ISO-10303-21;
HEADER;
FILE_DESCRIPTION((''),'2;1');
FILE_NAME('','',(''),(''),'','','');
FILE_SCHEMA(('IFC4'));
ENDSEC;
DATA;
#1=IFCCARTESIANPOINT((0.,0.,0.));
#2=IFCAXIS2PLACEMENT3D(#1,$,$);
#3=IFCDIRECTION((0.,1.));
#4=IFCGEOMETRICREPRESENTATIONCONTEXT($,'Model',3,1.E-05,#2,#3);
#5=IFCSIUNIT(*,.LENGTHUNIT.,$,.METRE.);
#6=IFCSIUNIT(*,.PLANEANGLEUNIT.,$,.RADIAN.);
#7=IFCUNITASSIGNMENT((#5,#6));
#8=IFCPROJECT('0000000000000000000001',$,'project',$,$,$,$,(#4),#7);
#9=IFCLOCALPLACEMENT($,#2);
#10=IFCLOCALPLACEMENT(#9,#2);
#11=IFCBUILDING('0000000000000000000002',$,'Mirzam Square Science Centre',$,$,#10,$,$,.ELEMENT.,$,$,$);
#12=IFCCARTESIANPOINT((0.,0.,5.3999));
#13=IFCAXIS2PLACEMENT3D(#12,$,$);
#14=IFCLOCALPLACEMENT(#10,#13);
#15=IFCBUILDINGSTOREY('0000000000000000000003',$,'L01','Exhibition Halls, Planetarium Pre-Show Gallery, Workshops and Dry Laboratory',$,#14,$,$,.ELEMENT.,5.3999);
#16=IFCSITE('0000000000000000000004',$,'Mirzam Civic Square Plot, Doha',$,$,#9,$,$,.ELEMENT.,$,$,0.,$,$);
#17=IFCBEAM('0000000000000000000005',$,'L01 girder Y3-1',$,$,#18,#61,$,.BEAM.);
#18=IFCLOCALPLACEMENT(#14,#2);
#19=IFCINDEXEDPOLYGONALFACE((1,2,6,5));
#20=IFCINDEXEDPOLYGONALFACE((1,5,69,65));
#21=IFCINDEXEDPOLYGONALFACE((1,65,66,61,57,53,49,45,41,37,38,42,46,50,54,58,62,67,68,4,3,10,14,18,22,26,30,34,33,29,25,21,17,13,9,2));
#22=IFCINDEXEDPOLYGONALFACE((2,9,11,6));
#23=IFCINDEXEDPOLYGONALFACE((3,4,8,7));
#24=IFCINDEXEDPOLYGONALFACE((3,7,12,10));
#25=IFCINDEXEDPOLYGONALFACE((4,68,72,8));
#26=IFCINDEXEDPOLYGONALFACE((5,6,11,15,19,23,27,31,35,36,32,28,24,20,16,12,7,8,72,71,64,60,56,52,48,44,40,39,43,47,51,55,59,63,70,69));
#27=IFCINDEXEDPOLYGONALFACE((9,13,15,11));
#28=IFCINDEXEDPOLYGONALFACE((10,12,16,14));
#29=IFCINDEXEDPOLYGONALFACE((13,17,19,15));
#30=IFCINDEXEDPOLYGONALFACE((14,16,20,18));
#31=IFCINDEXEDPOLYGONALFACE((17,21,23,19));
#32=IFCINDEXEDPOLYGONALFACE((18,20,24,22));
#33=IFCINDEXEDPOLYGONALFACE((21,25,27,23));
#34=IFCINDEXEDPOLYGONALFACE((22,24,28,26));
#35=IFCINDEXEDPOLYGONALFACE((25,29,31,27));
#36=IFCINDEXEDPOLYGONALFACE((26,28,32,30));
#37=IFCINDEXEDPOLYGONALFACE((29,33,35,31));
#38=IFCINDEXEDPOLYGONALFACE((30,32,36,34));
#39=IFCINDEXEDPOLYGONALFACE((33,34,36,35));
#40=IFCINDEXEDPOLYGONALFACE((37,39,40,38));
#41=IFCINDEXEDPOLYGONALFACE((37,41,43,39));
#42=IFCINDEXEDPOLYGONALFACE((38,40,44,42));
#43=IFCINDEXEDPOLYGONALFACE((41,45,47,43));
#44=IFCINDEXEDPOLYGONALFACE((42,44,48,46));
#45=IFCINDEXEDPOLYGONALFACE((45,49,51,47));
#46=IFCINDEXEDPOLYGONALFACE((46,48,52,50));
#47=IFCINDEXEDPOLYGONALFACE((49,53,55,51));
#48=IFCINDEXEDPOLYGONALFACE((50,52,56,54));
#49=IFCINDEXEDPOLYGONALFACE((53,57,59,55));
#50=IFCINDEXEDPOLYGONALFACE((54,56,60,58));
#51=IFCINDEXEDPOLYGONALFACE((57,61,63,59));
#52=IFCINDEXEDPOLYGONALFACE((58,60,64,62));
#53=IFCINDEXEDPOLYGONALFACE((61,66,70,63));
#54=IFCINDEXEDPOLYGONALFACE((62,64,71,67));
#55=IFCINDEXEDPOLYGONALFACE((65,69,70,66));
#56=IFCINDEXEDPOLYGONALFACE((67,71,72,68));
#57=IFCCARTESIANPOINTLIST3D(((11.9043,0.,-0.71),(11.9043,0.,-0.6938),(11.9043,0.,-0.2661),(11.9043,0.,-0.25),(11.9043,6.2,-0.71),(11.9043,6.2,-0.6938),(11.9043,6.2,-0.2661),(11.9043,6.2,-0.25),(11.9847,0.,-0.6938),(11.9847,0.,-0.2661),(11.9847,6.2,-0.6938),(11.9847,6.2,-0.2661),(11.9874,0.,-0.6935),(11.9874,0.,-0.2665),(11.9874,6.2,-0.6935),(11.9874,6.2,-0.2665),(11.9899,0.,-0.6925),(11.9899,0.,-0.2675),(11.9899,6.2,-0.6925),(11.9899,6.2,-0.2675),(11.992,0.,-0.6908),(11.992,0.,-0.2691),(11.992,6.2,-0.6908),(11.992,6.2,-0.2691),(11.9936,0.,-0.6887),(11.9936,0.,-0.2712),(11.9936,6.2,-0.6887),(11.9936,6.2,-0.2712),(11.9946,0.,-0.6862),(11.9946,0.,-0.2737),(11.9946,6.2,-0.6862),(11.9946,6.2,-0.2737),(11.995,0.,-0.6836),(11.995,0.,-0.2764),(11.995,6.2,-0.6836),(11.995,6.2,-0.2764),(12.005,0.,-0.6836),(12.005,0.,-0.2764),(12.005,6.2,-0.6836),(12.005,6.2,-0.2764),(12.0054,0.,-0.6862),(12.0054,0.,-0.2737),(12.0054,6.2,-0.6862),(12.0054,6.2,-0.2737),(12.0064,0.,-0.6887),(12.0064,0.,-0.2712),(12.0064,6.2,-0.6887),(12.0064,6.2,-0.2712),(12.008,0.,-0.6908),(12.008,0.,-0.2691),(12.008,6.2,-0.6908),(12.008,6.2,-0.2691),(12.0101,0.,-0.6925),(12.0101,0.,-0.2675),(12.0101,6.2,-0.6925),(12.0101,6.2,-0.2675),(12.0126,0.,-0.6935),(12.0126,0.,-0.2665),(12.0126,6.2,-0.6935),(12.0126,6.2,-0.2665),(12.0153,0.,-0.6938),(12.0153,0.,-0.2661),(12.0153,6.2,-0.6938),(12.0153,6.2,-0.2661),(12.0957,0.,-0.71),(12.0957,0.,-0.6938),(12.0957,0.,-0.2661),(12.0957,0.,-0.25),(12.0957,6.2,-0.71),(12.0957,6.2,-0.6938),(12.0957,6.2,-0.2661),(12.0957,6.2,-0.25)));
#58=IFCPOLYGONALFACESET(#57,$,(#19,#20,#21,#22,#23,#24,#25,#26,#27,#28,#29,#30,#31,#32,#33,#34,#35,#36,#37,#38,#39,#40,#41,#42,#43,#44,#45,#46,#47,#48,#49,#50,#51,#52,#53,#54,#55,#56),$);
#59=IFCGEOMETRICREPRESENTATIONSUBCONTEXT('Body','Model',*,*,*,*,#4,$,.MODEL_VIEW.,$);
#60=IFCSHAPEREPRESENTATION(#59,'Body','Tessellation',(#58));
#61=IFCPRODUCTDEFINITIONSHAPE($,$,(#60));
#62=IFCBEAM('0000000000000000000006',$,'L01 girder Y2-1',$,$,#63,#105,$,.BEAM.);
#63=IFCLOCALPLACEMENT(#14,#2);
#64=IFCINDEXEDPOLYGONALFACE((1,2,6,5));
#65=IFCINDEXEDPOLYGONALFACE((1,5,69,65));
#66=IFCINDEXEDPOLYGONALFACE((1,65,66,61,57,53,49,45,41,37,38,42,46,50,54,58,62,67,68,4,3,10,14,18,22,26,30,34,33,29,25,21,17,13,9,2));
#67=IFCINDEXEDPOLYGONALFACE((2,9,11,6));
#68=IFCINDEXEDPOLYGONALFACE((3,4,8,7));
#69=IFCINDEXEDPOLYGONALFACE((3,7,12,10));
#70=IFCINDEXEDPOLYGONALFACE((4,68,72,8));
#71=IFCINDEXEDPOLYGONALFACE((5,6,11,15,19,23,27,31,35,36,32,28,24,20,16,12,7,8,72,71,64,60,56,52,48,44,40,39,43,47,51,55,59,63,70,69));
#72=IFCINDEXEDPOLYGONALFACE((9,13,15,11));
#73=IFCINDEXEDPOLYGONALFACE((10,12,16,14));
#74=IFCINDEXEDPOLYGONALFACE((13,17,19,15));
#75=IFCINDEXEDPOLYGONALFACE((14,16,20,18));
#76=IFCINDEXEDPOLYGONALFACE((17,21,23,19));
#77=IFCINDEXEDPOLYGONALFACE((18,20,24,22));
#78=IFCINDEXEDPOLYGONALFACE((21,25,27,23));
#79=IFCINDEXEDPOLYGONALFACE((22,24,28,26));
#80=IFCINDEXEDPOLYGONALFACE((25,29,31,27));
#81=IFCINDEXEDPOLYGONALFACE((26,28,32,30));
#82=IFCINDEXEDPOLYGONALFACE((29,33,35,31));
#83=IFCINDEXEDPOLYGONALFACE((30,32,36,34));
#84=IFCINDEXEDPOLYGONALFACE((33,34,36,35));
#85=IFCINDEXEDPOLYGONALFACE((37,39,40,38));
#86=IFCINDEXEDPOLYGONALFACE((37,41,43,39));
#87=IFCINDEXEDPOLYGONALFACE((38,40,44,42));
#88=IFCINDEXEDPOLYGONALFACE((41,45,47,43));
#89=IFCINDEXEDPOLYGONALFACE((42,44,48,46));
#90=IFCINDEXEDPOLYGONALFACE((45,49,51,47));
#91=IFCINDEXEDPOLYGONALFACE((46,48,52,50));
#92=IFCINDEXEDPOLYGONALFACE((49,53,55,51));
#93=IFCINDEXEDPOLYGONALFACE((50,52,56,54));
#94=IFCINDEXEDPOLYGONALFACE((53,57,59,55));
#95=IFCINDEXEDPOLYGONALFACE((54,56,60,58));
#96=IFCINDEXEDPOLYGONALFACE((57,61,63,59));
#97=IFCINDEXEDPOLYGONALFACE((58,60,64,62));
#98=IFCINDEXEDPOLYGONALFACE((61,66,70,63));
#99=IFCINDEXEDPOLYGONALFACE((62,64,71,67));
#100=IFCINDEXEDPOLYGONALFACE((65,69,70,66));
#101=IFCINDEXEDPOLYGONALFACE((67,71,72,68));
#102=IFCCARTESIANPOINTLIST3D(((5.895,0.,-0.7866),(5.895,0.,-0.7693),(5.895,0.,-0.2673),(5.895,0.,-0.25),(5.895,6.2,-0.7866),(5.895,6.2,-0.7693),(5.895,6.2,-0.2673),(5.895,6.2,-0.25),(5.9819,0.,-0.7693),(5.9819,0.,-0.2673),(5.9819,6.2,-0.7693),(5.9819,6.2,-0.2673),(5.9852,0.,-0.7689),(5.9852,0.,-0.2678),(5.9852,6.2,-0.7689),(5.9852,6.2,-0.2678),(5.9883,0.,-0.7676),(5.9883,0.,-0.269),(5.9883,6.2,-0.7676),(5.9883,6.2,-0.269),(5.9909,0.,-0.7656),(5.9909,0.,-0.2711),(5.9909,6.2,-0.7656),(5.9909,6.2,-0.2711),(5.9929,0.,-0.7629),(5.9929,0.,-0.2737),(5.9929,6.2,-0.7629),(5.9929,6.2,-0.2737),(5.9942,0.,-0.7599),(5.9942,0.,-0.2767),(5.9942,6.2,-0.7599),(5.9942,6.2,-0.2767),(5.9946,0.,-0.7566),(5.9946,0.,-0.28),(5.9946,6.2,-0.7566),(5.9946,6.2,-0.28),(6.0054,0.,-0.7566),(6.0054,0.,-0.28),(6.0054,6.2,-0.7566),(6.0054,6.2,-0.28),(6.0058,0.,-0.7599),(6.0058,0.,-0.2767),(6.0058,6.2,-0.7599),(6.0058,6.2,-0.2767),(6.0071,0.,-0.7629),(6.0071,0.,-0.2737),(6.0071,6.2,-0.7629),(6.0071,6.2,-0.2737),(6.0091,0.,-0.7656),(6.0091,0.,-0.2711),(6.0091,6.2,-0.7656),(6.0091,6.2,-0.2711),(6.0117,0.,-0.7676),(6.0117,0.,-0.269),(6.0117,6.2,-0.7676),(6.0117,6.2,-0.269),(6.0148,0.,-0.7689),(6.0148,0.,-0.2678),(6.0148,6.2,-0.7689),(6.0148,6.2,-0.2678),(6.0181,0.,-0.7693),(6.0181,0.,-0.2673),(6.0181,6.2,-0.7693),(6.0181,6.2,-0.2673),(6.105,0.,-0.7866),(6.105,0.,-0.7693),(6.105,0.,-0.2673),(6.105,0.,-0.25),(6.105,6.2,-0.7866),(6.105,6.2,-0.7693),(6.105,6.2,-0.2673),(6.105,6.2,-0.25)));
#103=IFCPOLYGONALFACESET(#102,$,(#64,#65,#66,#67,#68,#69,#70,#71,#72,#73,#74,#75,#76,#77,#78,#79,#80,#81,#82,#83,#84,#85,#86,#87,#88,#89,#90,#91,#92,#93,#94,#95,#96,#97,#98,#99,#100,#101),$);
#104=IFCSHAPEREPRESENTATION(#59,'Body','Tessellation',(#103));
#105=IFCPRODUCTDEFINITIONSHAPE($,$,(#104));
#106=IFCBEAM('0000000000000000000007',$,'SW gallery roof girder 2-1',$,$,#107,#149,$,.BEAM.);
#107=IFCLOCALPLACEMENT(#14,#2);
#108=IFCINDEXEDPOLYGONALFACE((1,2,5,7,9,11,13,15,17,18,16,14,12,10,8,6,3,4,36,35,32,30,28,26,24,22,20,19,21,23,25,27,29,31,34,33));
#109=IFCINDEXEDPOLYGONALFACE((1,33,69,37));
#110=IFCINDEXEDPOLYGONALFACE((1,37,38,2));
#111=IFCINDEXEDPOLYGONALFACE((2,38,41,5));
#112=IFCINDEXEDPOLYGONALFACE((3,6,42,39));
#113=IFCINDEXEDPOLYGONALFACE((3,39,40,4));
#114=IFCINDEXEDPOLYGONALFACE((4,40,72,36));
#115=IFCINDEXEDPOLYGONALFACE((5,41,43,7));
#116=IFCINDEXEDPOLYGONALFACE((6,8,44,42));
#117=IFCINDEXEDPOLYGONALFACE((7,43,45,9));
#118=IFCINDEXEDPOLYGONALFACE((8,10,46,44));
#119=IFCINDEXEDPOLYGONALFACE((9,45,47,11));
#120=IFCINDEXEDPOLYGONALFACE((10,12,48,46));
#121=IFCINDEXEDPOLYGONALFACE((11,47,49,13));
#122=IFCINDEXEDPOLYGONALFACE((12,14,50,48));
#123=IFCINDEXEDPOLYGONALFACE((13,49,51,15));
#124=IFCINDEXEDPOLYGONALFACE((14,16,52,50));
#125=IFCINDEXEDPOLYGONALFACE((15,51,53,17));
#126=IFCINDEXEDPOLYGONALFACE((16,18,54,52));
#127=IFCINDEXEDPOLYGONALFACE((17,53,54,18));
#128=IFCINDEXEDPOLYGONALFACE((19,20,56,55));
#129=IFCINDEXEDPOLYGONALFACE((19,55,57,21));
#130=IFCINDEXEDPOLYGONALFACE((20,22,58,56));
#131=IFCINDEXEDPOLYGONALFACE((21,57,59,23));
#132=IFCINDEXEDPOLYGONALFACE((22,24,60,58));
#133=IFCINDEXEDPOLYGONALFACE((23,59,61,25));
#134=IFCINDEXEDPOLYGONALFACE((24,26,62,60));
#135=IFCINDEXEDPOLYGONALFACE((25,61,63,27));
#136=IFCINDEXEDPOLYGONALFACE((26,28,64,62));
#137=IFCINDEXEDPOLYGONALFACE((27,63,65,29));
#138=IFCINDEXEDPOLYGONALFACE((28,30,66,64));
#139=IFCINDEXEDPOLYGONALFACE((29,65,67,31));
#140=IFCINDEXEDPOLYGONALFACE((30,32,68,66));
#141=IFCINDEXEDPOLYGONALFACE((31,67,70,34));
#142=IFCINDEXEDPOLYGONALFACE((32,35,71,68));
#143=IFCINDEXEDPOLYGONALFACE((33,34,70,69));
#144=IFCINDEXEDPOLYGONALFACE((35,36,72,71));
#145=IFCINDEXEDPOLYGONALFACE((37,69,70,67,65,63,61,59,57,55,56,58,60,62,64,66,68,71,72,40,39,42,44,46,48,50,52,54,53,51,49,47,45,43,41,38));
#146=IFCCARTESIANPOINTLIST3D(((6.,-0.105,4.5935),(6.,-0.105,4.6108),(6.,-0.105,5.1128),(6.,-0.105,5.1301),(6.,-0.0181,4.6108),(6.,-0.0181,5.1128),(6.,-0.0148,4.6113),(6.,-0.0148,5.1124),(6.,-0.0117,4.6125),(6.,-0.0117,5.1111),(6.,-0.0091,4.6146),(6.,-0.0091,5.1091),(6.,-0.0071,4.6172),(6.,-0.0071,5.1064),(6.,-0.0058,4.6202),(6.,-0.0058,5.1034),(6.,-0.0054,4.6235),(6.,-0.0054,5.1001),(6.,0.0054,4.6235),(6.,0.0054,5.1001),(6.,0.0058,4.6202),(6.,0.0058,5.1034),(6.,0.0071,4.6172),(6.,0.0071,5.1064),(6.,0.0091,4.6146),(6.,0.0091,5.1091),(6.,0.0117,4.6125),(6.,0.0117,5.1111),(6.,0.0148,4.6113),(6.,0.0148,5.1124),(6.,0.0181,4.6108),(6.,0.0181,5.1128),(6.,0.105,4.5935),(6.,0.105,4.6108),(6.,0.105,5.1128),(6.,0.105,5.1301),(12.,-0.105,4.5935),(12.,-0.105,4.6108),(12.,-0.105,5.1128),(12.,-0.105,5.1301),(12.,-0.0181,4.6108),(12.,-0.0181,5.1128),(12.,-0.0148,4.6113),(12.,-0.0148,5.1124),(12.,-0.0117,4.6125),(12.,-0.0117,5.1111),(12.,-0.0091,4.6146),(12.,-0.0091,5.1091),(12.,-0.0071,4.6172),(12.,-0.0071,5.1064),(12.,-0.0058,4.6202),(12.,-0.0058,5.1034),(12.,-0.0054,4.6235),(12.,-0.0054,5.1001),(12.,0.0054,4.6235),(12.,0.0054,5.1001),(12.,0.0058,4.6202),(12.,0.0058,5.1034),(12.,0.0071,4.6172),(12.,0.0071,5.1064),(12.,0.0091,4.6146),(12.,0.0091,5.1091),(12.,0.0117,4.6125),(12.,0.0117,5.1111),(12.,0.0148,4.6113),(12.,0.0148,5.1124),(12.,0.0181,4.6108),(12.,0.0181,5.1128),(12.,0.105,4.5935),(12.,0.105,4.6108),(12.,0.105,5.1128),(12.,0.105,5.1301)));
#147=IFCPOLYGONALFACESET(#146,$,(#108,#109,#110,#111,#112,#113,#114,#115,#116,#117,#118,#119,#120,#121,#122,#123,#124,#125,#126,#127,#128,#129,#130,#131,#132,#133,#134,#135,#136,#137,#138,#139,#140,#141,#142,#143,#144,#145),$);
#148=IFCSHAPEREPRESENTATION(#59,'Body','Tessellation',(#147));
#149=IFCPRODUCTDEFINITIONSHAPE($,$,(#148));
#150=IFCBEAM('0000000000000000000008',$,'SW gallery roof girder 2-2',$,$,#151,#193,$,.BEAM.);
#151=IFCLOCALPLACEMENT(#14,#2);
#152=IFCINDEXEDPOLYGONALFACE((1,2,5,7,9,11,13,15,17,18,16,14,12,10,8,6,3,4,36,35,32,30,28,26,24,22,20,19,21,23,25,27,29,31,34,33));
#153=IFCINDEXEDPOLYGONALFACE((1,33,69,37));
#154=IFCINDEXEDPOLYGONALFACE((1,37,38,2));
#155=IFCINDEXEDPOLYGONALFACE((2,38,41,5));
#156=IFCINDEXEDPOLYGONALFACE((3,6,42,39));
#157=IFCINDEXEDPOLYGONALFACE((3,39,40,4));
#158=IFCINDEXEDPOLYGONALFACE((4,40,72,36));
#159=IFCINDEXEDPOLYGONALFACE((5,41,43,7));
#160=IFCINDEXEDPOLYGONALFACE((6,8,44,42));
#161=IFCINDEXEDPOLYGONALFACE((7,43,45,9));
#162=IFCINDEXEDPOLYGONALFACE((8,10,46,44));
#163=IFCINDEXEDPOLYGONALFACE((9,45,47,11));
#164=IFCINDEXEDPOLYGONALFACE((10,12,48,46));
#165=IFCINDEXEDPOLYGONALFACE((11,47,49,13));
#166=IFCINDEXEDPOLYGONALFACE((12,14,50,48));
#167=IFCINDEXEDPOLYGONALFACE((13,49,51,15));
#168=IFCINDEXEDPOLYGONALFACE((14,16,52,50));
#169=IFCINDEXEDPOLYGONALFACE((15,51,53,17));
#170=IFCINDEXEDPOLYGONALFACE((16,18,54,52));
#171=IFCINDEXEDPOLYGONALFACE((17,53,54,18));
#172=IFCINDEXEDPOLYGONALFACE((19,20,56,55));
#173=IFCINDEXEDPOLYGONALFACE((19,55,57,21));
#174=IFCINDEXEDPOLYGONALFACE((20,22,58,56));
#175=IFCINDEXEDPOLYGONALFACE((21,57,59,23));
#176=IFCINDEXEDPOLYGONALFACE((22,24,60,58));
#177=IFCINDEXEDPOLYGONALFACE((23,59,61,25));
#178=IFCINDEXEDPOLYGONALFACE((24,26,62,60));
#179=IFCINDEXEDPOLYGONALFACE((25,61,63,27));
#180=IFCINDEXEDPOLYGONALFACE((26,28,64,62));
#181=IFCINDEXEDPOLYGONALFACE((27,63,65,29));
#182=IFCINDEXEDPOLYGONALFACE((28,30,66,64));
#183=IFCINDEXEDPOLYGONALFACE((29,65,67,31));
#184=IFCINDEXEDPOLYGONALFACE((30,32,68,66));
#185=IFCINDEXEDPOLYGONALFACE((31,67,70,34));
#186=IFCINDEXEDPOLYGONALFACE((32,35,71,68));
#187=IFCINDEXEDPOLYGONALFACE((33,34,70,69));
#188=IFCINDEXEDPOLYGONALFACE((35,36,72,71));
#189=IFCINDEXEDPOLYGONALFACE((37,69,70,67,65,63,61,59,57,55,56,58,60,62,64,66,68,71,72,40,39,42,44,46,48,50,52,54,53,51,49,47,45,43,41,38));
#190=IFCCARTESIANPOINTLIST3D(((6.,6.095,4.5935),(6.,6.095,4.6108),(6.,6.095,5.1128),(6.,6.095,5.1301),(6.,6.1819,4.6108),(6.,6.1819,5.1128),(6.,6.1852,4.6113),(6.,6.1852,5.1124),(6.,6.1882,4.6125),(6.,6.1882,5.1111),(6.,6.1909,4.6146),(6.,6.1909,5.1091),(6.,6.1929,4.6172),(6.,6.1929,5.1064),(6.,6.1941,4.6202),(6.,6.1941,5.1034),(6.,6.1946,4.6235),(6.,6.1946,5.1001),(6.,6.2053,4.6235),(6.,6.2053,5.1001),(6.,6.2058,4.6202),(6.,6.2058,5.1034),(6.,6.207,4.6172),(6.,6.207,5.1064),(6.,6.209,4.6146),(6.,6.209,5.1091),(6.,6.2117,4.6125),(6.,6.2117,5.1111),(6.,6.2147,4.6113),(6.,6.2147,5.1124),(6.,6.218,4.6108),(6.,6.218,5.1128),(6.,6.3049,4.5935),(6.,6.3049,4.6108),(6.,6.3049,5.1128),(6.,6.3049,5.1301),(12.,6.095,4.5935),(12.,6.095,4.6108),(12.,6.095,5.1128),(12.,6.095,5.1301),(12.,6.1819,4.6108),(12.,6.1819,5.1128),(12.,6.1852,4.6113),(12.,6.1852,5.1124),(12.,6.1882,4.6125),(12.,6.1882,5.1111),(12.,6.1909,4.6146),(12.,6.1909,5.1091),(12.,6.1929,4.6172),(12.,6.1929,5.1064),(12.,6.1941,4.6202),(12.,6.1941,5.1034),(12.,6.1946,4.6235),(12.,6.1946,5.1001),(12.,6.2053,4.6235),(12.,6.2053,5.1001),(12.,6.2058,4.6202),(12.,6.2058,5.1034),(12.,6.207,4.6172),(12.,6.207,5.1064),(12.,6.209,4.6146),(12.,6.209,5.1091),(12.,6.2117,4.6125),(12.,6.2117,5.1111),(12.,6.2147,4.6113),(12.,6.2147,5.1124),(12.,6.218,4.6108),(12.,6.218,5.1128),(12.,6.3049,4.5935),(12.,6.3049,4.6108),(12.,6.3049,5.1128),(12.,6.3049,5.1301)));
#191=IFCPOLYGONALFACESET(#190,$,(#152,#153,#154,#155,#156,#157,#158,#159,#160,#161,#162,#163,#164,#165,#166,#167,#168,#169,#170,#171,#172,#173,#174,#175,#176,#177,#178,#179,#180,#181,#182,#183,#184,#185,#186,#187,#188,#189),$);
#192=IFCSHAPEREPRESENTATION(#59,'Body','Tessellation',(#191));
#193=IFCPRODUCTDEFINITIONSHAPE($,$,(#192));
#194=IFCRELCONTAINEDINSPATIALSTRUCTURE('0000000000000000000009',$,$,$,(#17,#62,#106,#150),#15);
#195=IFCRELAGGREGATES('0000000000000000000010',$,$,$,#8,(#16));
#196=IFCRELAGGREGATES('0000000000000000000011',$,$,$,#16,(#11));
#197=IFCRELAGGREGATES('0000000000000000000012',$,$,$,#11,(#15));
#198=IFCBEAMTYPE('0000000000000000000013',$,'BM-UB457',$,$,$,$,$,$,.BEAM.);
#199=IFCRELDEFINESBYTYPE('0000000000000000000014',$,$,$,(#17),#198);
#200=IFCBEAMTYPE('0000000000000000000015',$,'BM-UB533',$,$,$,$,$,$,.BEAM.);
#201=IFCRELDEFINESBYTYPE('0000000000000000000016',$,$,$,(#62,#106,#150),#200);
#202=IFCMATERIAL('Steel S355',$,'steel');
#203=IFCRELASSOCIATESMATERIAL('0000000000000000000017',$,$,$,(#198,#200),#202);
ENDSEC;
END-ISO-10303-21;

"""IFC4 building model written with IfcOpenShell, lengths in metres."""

from ifc_helpers import new_model, si_unit, direction, frame, origin, origin_2d, place, context, subcontext, project, spatial, i_section, extrude, material, material_profile, profile_set, type_object, element, save


model = new_model("IFC4")

# Units and contexts
model_context = context("Model", 3, precision=1e-05, world=origin(), true_north=direction((0.0, 1.0)))
body_context = subcontext(model_context, "Body", "Model", "MODEL_VIEW")
ifc_project = project(units=[si_unit("LENGTHUNIT", "METRE"), si_unit("PLANEANGLEUNIT", "RADIAN")], contexts=[model_context])

# Site, building, storey
site_placement = place(None, origin())
site = spatial("IfcSite", under=ifc_project, at=site_placement, Name="Mirzam Civic Square Plot, Doha", CompositionType="ELEMENT", RefElevation=0.0)
building_placement = place(site_placement, origin())
building = spatial("IfcBuilding", under=site, at=building_placement, Name="Mirzam Square Science Centre", CompositionType="ELEMENT")
storey_placement = place(building_placement, frame((0.0, 0.0, 5.3999)))
storey = spatial("IfcBuildingStorey", under=building, at=storey_placement, Name="L01", Description="Exhibition Halls, Planetarium Pre-Show Gallery, Workshops and Dry Laboratory", CompositionType="ELEMENT", Elevation=5.3999)

# Shared definitions
ifc_material_1 = material(Name="Steel S355", Category="steel")

# Beams
ifc_material_profile_1 = material_profile(ifc_material_1, i_section(OverallWidth=0.1914, OverallDepth=0.46, WebThickness=0.01, FlangeThickness=0.0161, FilletRadius=0.0103, at=origin_2d()), Name="457x191x82UB")
ifc_profile_set_1 = profile_set([ifc_material_profile_1], Name="Steel S355")
beam_type_1 = type_object("IfcBeamType", Name="BM-UB457", PredefinedType="BEAM", material=ifc_profile_set_1)
for number, where, z_axis, x_axis, name in (
    (1, (12.0, 0.0, -0.48), (0.0, 1.0, 0.0), (-1.0, 0.0, 0.0), "L01 girder Y3-1"),
):
    element("IfcBeam", number, at=place(storey_placement, frame(where, z_axis=z_axis, x_axis=x_axis)), inside=storey, type_object=beam_type_1, Name=name, PredefinedType="BEAM", context=body_context, shape_type="SweptSolid", body=[
        extrude(i_section(OverallWidth=0.1914, OverallDepth=0.46, WebThickness=0.01, FlangeThickness=0.0161, FilletRadius=0.0103, at=origin_2d()), origin(), (0.0, 0.0, 1.0), 6.2),
    ])
ifc_material_profile_2 = material_profile(ifc_material_1, i_section(OverallWidth=0.21, OverallDepth=0.5366, WebThickness=0.0107, FlangeThickness=0.0173, FilletRadius=0.0127, at=origin_2d()), Name="533x210x101UB")
ifc_profile_set_2 = profile_set([ifc_material_profile_2], Name="Steel S355")
beam_type_2 = type_object("IfcBeamType", Name="BM-UB533", PredefinedType="BEAM", material=ifc_profile_set_2)
beam_1_placement = place(storey_placement, frame((6.0, 0.0, -0.5183), z_axis=(0.0, 1.0, 0.0), x_axis=(-1.0, 0.0, 0.0)))
element("IfcBeam", 2, at=beam_1_placement, inside=storey, type_object=beam_type_2, Name="L01 girder Y2-1", PredefinedType="BEAM", context=body_context, shape_type="SweptSolid", body=[
    extrude(i_section(OverallWidth=0.21, OverallDepth=0.5366, WebThickness=0.0107, FlangeThickness=0.0173, FilletRadius=0.0127, at=origin_2d()), origin(), (0.0, 0.0, 1.0), 6.2),
])
for number, where, z_axis, x_axis, name in (
    (3, (6.0, 0.0, 4.8618), (1.0, 0.0, 0.0), (0.0, 1.0, 0.0), "SW gallery roof girder 2-1"),
    (4, (6.0, 6.2, 4.8618), (1.0, 0.0, 0.0), (0.0, 1.0, 0.0), "SW gallery roof girder 2-2"),
):
    element("IfcBeam", number, at=place(storey_placement, frame(where, z_axis=z_axis, x_axis=x_axis)), inside=storey, type_object=beam_type_2, Name=name, PredefinedType="BEAM", context=body_context, shape_type="SweptSolid", body=[
        extrude(i_section(OverallWidth=0.21, OverallDepth=0.5366, WebThickness=0.0107, FlangeThickness=0.0173, FilletRadius=0.0127, at=origin_2d()), origin(), (0.0, 0.0, 1.0), 6.0),
    ])

save(model, "model.ifc")
